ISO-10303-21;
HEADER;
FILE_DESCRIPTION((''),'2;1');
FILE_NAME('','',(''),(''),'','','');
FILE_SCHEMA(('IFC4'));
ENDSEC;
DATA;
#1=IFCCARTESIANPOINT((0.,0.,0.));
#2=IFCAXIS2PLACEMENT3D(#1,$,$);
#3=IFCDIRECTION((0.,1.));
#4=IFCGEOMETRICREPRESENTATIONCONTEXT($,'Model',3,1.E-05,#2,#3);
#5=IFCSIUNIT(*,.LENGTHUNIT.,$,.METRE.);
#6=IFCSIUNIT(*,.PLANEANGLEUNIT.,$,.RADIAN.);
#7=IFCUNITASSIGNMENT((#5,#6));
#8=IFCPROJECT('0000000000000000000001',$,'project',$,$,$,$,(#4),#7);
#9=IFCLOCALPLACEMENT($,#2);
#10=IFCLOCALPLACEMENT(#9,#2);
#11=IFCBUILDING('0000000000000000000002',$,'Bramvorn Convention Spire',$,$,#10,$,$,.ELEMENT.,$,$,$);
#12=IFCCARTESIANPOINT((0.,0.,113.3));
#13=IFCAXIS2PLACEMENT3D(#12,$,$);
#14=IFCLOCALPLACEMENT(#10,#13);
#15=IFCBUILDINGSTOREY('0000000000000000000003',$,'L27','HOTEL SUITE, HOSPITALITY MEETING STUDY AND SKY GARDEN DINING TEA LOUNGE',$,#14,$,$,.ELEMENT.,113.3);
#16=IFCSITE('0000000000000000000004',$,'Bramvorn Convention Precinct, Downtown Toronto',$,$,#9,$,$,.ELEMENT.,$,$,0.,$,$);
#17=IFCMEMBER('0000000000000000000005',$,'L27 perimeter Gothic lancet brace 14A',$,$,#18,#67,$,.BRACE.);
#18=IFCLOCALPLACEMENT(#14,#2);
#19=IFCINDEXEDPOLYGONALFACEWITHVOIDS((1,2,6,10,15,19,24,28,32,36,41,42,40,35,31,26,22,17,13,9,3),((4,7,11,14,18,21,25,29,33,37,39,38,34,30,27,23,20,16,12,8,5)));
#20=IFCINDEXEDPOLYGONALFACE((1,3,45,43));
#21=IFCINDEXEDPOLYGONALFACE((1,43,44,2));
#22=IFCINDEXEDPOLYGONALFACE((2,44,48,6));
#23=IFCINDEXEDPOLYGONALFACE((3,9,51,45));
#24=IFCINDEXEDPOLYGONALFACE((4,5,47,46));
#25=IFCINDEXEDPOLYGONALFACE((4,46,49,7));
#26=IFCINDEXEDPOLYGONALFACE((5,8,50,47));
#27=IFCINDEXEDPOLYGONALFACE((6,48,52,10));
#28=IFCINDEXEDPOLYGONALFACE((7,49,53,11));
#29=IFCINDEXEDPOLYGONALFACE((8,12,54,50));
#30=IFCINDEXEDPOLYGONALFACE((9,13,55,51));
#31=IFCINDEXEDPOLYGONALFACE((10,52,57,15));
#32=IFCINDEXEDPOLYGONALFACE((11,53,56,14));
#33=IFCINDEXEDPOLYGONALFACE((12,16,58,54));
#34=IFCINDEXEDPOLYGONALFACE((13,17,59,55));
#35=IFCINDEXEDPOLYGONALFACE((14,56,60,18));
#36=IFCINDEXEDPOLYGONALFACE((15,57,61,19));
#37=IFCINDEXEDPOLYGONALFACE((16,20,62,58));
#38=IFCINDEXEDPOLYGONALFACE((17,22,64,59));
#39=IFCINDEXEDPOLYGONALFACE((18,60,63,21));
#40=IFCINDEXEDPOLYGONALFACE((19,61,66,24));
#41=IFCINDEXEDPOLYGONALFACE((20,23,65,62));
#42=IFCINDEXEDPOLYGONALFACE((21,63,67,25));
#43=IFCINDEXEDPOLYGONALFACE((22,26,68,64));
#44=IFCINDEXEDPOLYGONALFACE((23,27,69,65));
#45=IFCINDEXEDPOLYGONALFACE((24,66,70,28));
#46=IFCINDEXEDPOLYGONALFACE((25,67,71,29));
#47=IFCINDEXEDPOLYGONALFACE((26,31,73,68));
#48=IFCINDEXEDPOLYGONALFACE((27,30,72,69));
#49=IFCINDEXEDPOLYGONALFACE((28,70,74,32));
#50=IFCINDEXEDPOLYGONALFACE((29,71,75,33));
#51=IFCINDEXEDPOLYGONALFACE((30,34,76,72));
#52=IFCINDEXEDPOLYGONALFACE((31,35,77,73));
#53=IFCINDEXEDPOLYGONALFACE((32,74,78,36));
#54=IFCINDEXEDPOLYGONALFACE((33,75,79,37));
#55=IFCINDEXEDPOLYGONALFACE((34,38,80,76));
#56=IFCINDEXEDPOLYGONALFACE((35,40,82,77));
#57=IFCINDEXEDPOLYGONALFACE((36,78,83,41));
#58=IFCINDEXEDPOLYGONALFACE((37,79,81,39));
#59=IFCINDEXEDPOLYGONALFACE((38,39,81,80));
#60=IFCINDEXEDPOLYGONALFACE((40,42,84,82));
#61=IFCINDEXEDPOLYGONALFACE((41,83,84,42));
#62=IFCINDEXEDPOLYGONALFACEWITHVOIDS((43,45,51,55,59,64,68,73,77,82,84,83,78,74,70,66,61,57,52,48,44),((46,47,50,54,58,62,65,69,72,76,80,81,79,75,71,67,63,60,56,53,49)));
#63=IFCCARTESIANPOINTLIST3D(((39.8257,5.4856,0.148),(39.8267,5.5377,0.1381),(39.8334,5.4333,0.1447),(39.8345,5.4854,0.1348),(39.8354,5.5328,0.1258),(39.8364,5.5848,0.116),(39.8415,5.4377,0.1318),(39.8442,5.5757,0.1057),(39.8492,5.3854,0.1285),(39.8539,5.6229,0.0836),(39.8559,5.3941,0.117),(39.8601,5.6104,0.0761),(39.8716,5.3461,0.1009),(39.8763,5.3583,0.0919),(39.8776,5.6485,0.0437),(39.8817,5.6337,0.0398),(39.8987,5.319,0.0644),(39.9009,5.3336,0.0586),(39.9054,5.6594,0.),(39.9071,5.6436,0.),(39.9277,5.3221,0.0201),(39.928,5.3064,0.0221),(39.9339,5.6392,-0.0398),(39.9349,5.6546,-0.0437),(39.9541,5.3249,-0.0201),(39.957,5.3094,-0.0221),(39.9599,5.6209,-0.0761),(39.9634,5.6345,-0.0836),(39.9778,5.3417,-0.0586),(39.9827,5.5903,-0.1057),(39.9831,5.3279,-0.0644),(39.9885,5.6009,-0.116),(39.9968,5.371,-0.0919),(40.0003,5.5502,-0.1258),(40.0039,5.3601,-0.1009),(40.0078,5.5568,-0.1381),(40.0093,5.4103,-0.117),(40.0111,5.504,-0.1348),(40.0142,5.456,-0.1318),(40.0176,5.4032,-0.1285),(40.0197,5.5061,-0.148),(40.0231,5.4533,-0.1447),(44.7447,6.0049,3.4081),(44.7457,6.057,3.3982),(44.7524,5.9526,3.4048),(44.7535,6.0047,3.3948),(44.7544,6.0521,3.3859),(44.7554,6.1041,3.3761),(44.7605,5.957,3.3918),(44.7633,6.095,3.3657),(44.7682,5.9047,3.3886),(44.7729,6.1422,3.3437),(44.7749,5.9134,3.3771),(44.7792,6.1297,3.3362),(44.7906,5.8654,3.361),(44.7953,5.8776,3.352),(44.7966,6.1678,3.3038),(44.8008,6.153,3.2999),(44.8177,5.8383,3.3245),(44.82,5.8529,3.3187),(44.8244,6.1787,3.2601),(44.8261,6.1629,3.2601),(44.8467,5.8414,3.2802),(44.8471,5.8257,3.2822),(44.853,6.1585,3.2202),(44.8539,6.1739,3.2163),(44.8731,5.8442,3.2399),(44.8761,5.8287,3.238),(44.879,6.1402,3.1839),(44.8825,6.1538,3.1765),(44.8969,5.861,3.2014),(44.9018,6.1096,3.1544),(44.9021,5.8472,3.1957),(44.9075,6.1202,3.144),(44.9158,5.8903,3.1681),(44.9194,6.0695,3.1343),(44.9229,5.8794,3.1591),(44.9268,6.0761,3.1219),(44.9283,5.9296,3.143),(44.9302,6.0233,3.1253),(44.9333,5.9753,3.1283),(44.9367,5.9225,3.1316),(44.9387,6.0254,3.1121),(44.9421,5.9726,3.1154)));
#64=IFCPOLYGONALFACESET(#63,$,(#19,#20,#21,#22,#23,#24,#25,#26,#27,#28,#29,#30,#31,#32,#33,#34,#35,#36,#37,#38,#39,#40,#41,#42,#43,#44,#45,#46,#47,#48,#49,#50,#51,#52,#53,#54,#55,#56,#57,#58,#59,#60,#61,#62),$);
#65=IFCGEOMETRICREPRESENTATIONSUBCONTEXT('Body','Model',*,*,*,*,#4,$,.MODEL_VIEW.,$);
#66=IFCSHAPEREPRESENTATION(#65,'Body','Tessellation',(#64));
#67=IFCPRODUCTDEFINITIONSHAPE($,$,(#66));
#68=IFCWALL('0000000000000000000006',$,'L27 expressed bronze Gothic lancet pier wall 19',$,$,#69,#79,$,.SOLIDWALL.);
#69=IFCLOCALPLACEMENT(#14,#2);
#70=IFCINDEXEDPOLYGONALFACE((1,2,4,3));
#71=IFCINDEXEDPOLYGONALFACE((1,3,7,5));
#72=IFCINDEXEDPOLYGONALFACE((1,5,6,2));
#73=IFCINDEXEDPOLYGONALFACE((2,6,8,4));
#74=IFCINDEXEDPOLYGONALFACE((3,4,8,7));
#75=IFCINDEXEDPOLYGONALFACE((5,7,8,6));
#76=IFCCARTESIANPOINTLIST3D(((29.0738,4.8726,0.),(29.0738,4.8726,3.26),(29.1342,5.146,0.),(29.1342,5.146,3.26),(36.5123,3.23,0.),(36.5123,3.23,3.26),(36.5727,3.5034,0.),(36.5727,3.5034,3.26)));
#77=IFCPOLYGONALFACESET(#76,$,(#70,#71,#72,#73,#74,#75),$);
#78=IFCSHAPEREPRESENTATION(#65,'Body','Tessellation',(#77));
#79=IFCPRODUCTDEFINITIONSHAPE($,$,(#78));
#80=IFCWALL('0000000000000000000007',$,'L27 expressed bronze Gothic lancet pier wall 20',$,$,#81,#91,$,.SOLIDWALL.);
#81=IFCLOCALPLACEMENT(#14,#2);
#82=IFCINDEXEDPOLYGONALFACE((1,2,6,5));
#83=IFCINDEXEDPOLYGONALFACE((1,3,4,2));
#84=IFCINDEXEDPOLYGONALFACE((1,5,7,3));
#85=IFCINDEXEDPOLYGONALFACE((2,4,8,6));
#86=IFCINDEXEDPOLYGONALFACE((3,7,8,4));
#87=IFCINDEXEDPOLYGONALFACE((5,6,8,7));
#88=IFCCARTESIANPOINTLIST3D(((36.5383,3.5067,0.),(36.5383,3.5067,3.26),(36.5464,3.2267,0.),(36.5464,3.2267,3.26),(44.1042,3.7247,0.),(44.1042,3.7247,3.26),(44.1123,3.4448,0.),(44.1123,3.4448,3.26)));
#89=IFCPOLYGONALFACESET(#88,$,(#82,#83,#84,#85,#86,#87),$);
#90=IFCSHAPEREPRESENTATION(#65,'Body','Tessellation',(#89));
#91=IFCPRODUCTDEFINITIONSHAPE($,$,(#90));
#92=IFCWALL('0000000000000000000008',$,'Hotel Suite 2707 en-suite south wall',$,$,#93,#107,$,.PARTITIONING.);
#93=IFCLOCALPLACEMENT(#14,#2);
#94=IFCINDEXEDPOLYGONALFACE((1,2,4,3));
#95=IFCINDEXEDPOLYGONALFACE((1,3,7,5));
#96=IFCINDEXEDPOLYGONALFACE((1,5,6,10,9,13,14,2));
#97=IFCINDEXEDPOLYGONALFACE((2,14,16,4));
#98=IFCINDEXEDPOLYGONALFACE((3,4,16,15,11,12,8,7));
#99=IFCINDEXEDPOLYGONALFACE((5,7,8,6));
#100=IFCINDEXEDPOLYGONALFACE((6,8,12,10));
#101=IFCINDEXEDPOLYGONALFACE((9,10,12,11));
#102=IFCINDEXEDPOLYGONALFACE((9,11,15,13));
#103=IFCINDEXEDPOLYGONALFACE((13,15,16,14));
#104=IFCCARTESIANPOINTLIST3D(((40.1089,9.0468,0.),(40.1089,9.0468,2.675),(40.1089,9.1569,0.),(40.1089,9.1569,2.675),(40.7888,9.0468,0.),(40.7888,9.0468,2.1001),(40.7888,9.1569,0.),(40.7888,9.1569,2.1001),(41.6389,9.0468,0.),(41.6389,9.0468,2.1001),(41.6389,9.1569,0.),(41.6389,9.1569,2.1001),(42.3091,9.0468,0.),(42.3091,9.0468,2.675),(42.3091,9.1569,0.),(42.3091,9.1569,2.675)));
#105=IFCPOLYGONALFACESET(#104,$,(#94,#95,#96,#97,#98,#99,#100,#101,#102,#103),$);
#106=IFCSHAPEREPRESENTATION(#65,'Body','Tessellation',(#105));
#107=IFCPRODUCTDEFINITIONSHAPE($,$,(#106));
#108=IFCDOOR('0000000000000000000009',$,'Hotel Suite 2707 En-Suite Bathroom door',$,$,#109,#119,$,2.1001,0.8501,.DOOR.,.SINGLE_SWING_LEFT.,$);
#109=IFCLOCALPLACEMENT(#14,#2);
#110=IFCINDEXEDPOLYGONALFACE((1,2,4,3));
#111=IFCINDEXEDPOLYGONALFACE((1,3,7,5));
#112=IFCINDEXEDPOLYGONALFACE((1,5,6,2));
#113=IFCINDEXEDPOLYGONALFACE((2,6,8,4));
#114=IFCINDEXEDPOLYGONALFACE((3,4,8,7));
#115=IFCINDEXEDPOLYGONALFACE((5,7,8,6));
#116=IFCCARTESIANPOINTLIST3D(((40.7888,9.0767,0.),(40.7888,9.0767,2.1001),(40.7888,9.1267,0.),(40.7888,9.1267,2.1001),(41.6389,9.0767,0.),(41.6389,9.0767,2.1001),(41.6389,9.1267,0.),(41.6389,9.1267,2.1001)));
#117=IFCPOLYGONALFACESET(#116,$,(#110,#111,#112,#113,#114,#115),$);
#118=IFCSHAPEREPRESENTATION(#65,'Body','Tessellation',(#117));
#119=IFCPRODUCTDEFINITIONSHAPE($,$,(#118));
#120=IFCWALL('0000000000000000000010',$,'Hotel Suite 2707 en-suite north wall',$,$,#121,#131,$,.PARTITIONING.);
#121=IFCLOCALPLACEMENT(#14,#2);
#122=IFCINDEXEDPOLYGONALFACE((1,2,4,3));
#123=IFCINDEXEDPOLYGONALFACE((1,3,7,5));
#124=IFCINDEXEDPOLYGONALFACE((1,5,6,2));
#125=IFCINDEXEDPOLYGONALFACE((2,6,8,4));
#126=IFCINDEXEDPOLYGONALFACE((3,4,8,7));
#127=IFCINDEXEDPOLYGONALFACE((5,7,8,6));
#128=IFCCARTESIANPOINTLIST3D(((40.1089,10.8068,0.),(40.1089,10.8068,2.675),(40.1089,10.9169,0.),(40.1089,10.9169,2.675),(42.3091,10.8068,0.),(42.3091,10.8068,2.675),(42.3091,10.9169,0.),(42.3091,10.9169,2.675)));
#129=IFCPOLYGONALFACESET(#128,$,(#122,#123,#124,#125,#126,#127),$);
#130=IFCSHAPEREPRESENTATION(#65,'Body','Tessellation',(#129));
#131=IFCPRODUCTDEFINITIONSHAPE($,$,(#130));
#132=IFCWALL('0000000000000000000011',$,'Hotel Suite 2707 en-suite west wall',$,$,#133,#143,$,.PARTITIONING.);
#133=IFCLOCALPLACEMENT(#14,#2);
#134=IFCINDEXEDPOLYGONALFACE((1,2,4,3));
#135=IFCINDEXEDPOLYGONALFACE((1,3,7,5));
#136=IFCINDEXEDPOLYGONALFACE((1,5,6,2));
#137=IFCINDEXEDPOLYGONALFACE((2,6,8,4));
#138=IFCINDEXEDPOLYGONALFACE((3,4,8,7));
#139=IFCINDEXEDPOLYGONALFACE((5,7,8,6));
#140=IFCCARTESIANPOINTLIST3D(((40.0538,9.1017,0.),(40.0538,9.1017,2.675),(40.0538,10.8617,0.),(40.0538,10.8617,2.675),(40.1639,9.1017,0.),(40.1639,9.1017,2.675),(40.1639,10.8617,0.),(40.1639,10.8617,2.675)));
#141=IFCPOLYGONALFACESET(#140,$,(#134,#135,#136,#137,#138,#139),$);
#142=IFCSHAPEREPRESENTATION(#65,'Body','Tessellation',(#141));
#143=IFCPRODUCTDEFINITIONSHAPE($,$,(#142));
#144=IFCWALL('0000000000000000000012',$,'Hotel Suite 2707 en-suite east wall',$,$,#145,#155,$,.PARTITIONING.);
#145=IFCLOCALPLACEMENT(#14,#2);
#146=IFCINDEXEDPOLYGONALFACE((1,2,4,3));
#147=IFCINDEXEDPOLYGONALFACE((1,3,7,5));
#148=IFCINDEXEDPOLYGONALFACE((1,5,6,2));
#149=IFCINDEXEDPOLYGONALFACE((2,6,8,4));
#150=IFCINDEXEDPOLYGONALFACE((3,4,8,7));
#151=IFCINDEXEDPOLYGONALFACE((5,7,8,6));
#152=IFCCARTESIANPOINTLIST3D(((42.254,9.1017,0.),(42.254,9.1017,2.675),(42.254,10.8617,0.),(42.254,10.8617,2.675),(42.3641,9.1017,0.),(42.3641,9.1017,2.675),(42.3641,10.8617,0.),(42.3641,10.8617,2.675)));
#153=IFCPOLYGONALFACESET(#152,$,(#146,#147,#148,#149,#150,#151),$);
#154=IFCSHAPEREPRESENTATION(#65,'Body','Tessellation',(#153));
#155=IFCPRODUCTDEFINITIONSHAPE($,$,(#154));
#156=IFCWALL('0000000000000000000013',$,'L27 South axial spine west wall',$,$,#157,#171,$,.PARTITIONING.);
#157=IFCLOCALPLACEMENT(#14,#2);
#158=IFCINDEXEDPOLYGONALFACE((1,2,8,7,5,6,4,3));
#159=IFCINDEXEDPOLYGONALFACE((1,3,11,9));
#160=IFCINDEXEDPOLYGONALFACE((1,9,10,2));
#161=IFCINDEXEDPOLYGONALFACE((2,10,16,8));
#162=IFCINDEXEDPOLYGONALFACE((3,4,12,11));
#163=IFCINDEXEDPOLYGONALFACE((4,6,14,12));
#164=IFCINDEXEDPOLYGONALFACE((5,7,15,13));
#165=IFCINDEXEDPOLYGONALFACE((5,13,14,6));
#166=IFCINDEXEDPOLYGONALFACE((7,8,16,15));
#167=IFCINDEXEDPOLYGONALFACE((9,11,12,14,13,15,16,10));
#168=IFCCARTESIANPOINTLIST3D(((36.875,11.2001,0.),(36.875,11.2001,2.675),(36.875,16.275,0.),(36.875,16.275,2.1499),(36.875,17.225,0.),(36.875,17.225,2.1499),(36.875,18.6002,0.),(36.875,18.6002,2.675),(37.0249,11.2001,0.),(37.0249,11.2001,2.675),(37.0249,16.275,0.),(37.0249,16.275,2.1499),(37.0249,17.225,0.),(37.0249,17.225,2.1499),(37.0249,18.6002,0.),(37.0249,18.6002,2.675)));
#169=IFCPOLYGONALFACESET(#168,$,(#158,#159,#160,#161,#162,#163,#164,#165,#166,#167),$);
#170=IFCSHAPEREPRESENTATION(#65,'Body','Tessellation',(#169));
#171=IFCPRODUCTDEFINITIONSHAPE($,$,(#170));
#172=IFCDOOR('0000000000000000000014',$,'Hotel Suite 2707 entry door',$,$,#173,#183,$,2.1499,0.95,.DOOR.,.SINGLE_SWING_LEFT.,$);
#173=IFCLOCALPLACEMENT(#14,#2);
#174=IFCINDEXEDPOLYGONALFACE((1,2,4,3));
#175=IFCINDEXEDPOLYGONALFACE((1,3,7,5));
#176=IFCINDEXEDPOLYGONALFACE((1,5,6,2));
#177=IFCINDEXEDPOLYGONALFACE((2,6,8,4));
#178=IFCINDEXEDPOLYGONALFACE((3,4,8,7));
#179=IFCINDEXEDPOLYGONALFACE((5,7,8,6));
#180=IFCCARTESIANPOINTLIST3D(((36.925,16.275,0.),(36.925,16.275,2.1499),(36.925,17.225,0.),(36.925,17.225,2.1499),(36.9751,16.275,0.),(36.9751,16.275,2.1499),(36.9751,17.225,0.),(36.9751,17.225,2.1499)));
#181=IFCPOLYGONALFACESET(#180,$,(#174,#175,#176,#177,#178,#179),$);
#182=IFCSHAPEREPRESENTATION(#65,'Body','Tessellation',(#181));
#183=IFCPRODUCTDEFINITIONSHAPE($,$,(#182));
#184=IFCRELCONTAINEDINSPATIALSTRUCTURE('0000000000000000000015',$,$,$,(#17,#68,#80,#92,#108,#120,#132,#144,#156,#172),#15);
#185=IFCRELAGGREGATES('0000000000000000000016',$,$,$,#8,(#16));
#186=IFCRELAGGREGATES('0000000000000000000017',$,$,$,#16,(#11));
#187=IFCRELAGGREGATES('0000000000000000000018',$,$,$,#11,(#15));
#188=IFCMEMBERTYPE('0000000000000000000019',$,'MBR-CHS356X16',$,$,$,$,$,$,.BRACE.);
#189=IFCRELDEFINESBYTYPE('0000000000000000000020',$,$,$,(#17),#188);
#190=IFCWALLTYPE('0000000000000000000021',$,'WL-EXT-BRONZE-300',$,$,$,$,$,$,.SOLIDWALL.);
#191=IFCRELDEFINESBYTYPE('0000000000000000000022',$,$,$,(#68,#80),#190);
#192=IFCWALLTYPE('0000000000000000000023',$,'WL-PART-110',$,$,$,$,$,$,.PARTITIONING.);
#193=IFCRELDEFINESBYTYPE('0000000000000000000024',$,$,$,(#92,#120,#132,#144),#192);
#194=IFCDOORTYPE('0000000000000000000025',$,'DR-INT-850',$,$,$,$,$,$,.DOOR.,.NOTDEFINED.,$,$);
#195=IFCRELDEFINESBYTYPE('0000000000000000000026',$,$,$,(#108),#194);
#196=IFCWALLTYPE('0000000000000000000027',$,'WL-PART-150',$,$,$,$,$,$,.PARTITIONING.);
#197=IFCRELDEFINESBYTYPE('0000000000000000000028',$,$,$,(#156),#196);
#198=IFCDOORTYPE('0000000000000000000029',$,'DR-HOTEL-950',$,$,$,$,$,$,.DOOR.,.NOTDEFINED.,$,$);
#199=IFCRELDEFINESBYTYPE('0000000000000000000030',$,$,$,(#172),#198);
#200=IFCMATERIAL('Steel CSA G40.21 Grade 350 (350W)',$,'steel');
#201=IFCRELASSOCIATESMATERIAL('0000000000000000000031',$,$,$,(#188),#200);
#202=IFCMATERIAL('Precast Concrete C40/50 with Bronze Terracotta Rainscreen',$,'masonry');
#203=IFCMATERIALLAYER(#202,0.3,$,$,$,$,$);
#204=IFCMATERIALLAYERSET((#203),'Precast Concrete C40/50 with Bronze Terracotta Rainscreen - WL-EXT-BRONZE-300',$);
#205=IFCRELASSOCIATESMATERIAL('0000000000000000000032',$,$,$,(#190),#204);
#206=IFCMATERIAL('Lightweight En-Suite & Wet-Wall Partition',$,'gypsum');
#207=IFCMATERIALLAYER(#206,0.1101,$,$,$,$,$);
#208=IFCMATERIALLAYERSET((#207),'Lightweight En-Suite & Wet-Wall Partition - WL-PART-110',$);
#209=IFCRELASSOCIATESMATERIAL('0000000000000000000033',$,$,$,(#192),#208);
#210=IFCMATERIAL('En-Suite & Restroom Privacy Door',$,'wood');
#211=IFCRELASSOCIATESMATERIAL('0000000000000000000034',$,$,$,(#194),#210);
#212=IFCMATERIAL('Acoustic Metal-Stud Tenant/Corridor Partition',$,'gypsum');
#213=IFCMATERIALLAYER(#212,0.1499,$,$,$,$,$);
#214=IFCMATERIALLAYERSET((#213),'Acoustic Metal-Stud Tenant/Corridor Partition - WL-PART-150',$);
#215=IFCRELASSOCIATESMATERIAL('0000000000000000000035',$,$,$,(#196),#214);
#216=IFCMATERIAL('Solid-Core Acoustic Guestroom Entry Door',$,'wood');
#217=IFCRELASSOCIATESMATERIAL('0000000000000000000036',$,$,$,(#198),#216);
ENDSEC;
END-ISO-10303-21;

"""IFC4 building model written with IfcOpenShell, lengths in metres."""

from ifc_helpers import new_model, si_unit, direction, frame, frame_2d, origin, origin_2d, place, context, subcontext, project, spatial, rectangle, hollow_circle, extrude, material, layer, layer_set, material_profile, profile_set, type_object, element, fill, save


model = new_model("IFC4")

# Units and contexts
model_context = context("Model", 3, precision=1e-05, world=origin(), true_north=direction((0.0, 1.0)))
body_context = subcontext(model_context, "Body", "Model", "MODEL_VIEW")
ifc_project = project(units=[si_unit("LENGTHUNIT", "METRE"), si_unit("PLANEANGLEUNIT", "RADIAN")], contexts=[model_context])

# Site, building, storey
site_placement = place(None, origin())
site = spatial("IfcSite", under=ifc_project, at=site_placement, Name="Bramvorn Convention Precinct, Downtown Toronto", CompositionType="ELEMENT", RefElevation=0.0)
building_placement = place(site_placement, origin())
building = spatial("IfcBuilding", under=site, at=building_placement, Name="Bramvorn Convention Spire", CompositionType="ELEMENT")
storey_placement = place(building_placement, frame((0.0, 0.0, 113.3)))
storey = spatial("IfcBuildingStorey", under=building, at=storey_placement, Name="L27", Description="HOTEL SUITE, HOSPITALITY MEETING STUDY AND SKY GARDEN DINING TEA LOUNGE", CompositionType="ELEMENT", Elevation=113.3)

# Shared definitions
ifc_material_1 = material(Name="Steel CSA G40.21 Grade 350 (350W)", Category="steel")

# Member
ifc_material_profile_1 = material_profile(ifc_material_1, hollow_circle(Radius=0.1777, WallThickness=0.0159, at=origin_2d()))
ifc_profile_set_1 = profile_set([ifc_material_profile_1], Name="Steel CSA G40.21 Grade 350 (350W) - CHS356X16")
member_type = type_object("IfcMemberType", Name="MBR-CHS356X16", PredefinedType="BRACE", material=ifc_profile_set_1)
member_placement = place(storey_placement, frame((39.9241, 5.4827, 0.0), z_axis=(0.830347, 0.087659, 0.550309), x_axis=(-0.104985, 0.994474, 0.0)))
element("IfcMember", 1, at=member_placement, inside=storey, type_object=member_type, Name="L27 perimeter Gothic lancet brace 14A", PredefinedType="BRACE", context=body_context, shape_type="SweptSolid", body=[
    extrude(hollow_circle(Radius=0.1777, WallThickness=0.0159, at=origin_2d()), origin(), (0.0, 0.0, 1.0), 5.9241),
])

# Walls
ifc_material_2 = material(Name="Precast Concrete C40/50 with Bronze Terracotta Rainscreen", Category="masonry")
ifc_layer_1 = layer(ifc_material_2, 0.3)
ifc_layer_set_1 = layer_set([ifc_layer_1], Name="Precast Concrete C40/50 with Bronze Terracotta Rainscreen - WL-EXT-BRONZE-300")
wall_type_1 = type_object("IfcWallType", Name="WL-EXT-BRONZE-300", PredefinedType="SOLIDWALL", material=ifc_layer_set_1)
wall_1_placement = place(storey_placement, frame((36.5425, 3.3667, 0.0), z_axis=(0.0, 0.0, 1.0), x_axis=(-0.976476, 0.215627, 0.0)))
element("IfcWall", 2, at=wall_1_placement, inside=storey, type_object=wall_type_1, Name="L27 expressed bronze Gothic lancet pier wall 19", PredefinedType="SOLIDWALL", context=body_context, shape_type="SweptSolid", body=[
    extrude(rectangle(XDim=7.6177, YDim=0.28, at=frame_2d((3.8088, 0.0))), origin(), (0.0, 0.0, 1.0), 3.26),
])
wall_2_placement = place(storey_placement, frame((44.1084, 3.5847, 0.0), z_axis=(0.0, 0.0, 1.0), x_axis=(-0.999585, -0.028804, 0.0)))
element("IfcWall", 3, at=wall_2_placement, inside=storey, type_object=wall_type_1, Name="L27 expressed bronze Gothic lancet pier wall 20", PredefinedType="SOLIDWALL", context=body_context, shape_type="SweptSolid", body=[
    extrude(rectangle(XDim=7.5691, YDim=0.28, at=frame_2d((3.7847, 0.0))), origin(), (0.0, 0.0, 1.0), 3.26),
])

# Wall, opening, door
ifc_material_3 = material(Name="Lightweight En-Suite & Wet-Wall Partition", Category="gypsum")
ifc_layer_2 = layer(ifc_material_3, 0.1101)
ifc_layer_set_2 = layer_set([ifc_layer_2], Name="Lightweight En-Suite & Wet-Wall Partition - WL-PART-110")
wall_type_2 = type_object("IfcWallType", Name="WL-PART-110", PredefinedType="PARTITIONING", material=ifc_layer_set_2)
wall_3_placement = place(storey_placement, frame((40.1089, 9.1018, 0.0), z_axis=(0.0, 0.0, 1.0), x_axis=(1.0, 0.0, 0.0)))
wall_3 = element("IfcWall", 4, at=wall_3_placement, inside=storey, type_object=wall_type_2, Name="Hotel Suite 2707 en-suite south wall", PredefinedType="PARTITIONING", context=body_context, shape_type="SweptSolid", body=[
    extrude(rectangle(XDim=2.2002, YDim=0.1101, at=frame_2d((1.1001, 0.0))), origin(), (0.0, 0.0, 1.0), 2.675),
])
opening_1_placement = place(wall_3_placement, frame((0.6799, 0.0, 0.0)))
opening_1 = element("IfcOpeningElement", 5, at=opening_1_placement, cuts=wall_3, PredefinedType="OPENING", context=body_context, shape_type="SweptSolid", body=[
    extrude(rectangle(XDim=0.8501, YDim=2.1001, at=frame_2d((0.425, 1.05))), frame((0.0, 0.0649, 0.0), z_axis=(0.0, -1.0, 0.0), x_axis=(1.0, 0.0, 0.0)), (0.0, 0.0, 1.0), 0.1301),
])
ifc_material_4 = material(Name="En-Suite & Restroom Privacy Door", Category="wood")
door_type_1 = type_object("IfcDoorType", Name="DR-INT-850", OperationType="NOTDEFINED", PredefinedType="DOOR", material=ifc_material_4)
door_1_placement = place(opening_1_placement, origin())
door_1 = element("IfcDoor", 6, at=door_1_placement, inside=storey, type_object=door_type_1, Name="Hotel Suite 2707 En-Suite Bathroom door", OperationType="SINGLE_SWING_LEFT", OverallHeight=2.1001, OverallWidth=0.8501, PredefinedType="DOOR", context=body_context, shape_type="SweptSolid", body=[
    extrude(rectangle(XDim=0.8501, YDim=2.1001, at=frame_2d((0.425, 1.05))), frame((0.0, 0.0249, 0.0), z_axis=(0.0, -1.0, 0.0), x_axis=(1.0, 0.0, 0.0)), (0.0, 0.0, 1.0), 0.05),
])
fill(opening_1, door_1)

# Walls
wall_4_placement = place(storey_placement, frame((40.1089, 10.8618, 0.0), z_axis=(0.0, 0.0, 1.0), x_axis=(1.0, 0.0, 0.0)))
element("IfcWall", 7, at=wall_4_placement, inside=storey, type_object=wall_type_2, Name="Hotel Suite 2707 en-suite north wall", PredefinedType="PARTITIONING", context=body_context, shape_type="SweptSolid", body=[
    extrude(rectangle(XDim=2.2002, YDim=0.1101, at=frame_2d((1.1001, 0.0))), origin(), (0.0, 0.0, 1.0), 2.675),
])
for number, where, z_axis, x_axis, name in (
    (8, (40.1089, 9.1018, 0.0), (0.0, 0.0, 1.0), (0.0, 1.0, 0.0), "Hotel Suite 2707 en-suite west wall"),
    (9, (42.3091, 9.1018, 0.0), (0.0, 0.0, 1.0), (0.0, 1.0, 0.0), "Hotel Suite 2707 en-suite east wall"),
):
    element("IfcWall", number, at=place(storey_placement, frame(where, z_axis=z_axis, x_axis=x_axis)), inside=storey, type_object=wall_type_2, Name=name, PredefinedType="PARTITIONING", context=body_context, shape_type="SweptSolid", body=[
        extrude(rectangle(XDim=1.76, YDim=0.1101, at=frame_2d((0.8799, 0.0))), origin(), (0.0, 0.0, 1.0), 2.675),
    ])

# Wall, opening, door
ifc_material_5 = material(Name="Acoustic Metal-Stud Tenant/Corridor Partition", Category="gypsum")
ifc_layer_3 = layer(ifc_material_5, 0.1499)
ifc_layer_set_3 = layer_set([ifc_layer_3], Name="Acoustic Metal-Stud Tenant/Corridor Partition - WL-PART-150")
wall_type_3 = type_object("IfcWallType", Name="WL-PART-150", PredefinedType="PARTITIONING", material=ifc_layer_set_3)
wall_5_placement = place(storey_placement, frame((36.95, 11.2, 0.0), z_axis=(0.0, 0.0, 1.0), x_axis=(0.0, 1.0, 0.0)))
wall_5 = element("IfcWall", 10, at=wall_5_placement, inside=storey, type_object=wall_type_3, Name="L27 South axial spine west wall", PredefinedType="PARTITIONING", context=body_context, shape_type="SweptSolid", body=[
    extrude(rectangle(XDim=7.4001, YDim=0.1499, at=frame_2d((3.7002, 0.0))), origin(), (0.0, 0.0, 1.0), 2.675),
])
opening_2_placement = place(wall_5_placement, frame((5.075, 0.0, 0.0)))
opening_2 = element("IfcOpeningElement", 11, at=opening_2_placement, cuts=wall_5, PredefinedType="OPENING", context=body_context, shape_type="SweptSolid", body=[
    extrude(rectangle(XDim=0.95, YDim=2.1499, at=frame_2d((0.4751, 1.075))), frame((0.0, 0.085, 0.0), z_axis=(0.0, -1.0, 0.0), x_axis=(1.0, 0.0, 0.0)), (0.0, 0.0, 1.0), 0.1699),
])
ifc_material_6 = material(Name="Solid-Core Acoustic Guestroom Entry Door", Category="wood")
door_type_2 = type_object("IfcDoorType", Name="DR-HOTEL-950", OperationType="NOTDEFINED", PredefinedType="DOOR", material=ifc_material_6)
door_2_placement = place(opening_2_placement, origin())
door_2 = element("IfcDoor", 12, at=door_2_placement, inside=storey, type_object=door_type_2, Name="Hotel Suite 2707 entry door", OperationType="SINGLE_SWING_LEFT", OverallHeight=2.1499, OverallWidth=0.95, PredefinedType="DOOR", context=body_context, shape_type="SweptSolid", body=[
    extrude(rectangle(XDim=0.95, YDim=2.1499, at=frame_2d((0.4751, 1.075))), frame((0.0, 0.0249, 0.0), z_axis=(0.0, -1.0, 0.0), x_axis=(1.0, 0.0, 0.0)), (0.0, 0.0, 1.0), 0.05),
])
fill(opening_2, door_2)

save(model, "model.ifc")
